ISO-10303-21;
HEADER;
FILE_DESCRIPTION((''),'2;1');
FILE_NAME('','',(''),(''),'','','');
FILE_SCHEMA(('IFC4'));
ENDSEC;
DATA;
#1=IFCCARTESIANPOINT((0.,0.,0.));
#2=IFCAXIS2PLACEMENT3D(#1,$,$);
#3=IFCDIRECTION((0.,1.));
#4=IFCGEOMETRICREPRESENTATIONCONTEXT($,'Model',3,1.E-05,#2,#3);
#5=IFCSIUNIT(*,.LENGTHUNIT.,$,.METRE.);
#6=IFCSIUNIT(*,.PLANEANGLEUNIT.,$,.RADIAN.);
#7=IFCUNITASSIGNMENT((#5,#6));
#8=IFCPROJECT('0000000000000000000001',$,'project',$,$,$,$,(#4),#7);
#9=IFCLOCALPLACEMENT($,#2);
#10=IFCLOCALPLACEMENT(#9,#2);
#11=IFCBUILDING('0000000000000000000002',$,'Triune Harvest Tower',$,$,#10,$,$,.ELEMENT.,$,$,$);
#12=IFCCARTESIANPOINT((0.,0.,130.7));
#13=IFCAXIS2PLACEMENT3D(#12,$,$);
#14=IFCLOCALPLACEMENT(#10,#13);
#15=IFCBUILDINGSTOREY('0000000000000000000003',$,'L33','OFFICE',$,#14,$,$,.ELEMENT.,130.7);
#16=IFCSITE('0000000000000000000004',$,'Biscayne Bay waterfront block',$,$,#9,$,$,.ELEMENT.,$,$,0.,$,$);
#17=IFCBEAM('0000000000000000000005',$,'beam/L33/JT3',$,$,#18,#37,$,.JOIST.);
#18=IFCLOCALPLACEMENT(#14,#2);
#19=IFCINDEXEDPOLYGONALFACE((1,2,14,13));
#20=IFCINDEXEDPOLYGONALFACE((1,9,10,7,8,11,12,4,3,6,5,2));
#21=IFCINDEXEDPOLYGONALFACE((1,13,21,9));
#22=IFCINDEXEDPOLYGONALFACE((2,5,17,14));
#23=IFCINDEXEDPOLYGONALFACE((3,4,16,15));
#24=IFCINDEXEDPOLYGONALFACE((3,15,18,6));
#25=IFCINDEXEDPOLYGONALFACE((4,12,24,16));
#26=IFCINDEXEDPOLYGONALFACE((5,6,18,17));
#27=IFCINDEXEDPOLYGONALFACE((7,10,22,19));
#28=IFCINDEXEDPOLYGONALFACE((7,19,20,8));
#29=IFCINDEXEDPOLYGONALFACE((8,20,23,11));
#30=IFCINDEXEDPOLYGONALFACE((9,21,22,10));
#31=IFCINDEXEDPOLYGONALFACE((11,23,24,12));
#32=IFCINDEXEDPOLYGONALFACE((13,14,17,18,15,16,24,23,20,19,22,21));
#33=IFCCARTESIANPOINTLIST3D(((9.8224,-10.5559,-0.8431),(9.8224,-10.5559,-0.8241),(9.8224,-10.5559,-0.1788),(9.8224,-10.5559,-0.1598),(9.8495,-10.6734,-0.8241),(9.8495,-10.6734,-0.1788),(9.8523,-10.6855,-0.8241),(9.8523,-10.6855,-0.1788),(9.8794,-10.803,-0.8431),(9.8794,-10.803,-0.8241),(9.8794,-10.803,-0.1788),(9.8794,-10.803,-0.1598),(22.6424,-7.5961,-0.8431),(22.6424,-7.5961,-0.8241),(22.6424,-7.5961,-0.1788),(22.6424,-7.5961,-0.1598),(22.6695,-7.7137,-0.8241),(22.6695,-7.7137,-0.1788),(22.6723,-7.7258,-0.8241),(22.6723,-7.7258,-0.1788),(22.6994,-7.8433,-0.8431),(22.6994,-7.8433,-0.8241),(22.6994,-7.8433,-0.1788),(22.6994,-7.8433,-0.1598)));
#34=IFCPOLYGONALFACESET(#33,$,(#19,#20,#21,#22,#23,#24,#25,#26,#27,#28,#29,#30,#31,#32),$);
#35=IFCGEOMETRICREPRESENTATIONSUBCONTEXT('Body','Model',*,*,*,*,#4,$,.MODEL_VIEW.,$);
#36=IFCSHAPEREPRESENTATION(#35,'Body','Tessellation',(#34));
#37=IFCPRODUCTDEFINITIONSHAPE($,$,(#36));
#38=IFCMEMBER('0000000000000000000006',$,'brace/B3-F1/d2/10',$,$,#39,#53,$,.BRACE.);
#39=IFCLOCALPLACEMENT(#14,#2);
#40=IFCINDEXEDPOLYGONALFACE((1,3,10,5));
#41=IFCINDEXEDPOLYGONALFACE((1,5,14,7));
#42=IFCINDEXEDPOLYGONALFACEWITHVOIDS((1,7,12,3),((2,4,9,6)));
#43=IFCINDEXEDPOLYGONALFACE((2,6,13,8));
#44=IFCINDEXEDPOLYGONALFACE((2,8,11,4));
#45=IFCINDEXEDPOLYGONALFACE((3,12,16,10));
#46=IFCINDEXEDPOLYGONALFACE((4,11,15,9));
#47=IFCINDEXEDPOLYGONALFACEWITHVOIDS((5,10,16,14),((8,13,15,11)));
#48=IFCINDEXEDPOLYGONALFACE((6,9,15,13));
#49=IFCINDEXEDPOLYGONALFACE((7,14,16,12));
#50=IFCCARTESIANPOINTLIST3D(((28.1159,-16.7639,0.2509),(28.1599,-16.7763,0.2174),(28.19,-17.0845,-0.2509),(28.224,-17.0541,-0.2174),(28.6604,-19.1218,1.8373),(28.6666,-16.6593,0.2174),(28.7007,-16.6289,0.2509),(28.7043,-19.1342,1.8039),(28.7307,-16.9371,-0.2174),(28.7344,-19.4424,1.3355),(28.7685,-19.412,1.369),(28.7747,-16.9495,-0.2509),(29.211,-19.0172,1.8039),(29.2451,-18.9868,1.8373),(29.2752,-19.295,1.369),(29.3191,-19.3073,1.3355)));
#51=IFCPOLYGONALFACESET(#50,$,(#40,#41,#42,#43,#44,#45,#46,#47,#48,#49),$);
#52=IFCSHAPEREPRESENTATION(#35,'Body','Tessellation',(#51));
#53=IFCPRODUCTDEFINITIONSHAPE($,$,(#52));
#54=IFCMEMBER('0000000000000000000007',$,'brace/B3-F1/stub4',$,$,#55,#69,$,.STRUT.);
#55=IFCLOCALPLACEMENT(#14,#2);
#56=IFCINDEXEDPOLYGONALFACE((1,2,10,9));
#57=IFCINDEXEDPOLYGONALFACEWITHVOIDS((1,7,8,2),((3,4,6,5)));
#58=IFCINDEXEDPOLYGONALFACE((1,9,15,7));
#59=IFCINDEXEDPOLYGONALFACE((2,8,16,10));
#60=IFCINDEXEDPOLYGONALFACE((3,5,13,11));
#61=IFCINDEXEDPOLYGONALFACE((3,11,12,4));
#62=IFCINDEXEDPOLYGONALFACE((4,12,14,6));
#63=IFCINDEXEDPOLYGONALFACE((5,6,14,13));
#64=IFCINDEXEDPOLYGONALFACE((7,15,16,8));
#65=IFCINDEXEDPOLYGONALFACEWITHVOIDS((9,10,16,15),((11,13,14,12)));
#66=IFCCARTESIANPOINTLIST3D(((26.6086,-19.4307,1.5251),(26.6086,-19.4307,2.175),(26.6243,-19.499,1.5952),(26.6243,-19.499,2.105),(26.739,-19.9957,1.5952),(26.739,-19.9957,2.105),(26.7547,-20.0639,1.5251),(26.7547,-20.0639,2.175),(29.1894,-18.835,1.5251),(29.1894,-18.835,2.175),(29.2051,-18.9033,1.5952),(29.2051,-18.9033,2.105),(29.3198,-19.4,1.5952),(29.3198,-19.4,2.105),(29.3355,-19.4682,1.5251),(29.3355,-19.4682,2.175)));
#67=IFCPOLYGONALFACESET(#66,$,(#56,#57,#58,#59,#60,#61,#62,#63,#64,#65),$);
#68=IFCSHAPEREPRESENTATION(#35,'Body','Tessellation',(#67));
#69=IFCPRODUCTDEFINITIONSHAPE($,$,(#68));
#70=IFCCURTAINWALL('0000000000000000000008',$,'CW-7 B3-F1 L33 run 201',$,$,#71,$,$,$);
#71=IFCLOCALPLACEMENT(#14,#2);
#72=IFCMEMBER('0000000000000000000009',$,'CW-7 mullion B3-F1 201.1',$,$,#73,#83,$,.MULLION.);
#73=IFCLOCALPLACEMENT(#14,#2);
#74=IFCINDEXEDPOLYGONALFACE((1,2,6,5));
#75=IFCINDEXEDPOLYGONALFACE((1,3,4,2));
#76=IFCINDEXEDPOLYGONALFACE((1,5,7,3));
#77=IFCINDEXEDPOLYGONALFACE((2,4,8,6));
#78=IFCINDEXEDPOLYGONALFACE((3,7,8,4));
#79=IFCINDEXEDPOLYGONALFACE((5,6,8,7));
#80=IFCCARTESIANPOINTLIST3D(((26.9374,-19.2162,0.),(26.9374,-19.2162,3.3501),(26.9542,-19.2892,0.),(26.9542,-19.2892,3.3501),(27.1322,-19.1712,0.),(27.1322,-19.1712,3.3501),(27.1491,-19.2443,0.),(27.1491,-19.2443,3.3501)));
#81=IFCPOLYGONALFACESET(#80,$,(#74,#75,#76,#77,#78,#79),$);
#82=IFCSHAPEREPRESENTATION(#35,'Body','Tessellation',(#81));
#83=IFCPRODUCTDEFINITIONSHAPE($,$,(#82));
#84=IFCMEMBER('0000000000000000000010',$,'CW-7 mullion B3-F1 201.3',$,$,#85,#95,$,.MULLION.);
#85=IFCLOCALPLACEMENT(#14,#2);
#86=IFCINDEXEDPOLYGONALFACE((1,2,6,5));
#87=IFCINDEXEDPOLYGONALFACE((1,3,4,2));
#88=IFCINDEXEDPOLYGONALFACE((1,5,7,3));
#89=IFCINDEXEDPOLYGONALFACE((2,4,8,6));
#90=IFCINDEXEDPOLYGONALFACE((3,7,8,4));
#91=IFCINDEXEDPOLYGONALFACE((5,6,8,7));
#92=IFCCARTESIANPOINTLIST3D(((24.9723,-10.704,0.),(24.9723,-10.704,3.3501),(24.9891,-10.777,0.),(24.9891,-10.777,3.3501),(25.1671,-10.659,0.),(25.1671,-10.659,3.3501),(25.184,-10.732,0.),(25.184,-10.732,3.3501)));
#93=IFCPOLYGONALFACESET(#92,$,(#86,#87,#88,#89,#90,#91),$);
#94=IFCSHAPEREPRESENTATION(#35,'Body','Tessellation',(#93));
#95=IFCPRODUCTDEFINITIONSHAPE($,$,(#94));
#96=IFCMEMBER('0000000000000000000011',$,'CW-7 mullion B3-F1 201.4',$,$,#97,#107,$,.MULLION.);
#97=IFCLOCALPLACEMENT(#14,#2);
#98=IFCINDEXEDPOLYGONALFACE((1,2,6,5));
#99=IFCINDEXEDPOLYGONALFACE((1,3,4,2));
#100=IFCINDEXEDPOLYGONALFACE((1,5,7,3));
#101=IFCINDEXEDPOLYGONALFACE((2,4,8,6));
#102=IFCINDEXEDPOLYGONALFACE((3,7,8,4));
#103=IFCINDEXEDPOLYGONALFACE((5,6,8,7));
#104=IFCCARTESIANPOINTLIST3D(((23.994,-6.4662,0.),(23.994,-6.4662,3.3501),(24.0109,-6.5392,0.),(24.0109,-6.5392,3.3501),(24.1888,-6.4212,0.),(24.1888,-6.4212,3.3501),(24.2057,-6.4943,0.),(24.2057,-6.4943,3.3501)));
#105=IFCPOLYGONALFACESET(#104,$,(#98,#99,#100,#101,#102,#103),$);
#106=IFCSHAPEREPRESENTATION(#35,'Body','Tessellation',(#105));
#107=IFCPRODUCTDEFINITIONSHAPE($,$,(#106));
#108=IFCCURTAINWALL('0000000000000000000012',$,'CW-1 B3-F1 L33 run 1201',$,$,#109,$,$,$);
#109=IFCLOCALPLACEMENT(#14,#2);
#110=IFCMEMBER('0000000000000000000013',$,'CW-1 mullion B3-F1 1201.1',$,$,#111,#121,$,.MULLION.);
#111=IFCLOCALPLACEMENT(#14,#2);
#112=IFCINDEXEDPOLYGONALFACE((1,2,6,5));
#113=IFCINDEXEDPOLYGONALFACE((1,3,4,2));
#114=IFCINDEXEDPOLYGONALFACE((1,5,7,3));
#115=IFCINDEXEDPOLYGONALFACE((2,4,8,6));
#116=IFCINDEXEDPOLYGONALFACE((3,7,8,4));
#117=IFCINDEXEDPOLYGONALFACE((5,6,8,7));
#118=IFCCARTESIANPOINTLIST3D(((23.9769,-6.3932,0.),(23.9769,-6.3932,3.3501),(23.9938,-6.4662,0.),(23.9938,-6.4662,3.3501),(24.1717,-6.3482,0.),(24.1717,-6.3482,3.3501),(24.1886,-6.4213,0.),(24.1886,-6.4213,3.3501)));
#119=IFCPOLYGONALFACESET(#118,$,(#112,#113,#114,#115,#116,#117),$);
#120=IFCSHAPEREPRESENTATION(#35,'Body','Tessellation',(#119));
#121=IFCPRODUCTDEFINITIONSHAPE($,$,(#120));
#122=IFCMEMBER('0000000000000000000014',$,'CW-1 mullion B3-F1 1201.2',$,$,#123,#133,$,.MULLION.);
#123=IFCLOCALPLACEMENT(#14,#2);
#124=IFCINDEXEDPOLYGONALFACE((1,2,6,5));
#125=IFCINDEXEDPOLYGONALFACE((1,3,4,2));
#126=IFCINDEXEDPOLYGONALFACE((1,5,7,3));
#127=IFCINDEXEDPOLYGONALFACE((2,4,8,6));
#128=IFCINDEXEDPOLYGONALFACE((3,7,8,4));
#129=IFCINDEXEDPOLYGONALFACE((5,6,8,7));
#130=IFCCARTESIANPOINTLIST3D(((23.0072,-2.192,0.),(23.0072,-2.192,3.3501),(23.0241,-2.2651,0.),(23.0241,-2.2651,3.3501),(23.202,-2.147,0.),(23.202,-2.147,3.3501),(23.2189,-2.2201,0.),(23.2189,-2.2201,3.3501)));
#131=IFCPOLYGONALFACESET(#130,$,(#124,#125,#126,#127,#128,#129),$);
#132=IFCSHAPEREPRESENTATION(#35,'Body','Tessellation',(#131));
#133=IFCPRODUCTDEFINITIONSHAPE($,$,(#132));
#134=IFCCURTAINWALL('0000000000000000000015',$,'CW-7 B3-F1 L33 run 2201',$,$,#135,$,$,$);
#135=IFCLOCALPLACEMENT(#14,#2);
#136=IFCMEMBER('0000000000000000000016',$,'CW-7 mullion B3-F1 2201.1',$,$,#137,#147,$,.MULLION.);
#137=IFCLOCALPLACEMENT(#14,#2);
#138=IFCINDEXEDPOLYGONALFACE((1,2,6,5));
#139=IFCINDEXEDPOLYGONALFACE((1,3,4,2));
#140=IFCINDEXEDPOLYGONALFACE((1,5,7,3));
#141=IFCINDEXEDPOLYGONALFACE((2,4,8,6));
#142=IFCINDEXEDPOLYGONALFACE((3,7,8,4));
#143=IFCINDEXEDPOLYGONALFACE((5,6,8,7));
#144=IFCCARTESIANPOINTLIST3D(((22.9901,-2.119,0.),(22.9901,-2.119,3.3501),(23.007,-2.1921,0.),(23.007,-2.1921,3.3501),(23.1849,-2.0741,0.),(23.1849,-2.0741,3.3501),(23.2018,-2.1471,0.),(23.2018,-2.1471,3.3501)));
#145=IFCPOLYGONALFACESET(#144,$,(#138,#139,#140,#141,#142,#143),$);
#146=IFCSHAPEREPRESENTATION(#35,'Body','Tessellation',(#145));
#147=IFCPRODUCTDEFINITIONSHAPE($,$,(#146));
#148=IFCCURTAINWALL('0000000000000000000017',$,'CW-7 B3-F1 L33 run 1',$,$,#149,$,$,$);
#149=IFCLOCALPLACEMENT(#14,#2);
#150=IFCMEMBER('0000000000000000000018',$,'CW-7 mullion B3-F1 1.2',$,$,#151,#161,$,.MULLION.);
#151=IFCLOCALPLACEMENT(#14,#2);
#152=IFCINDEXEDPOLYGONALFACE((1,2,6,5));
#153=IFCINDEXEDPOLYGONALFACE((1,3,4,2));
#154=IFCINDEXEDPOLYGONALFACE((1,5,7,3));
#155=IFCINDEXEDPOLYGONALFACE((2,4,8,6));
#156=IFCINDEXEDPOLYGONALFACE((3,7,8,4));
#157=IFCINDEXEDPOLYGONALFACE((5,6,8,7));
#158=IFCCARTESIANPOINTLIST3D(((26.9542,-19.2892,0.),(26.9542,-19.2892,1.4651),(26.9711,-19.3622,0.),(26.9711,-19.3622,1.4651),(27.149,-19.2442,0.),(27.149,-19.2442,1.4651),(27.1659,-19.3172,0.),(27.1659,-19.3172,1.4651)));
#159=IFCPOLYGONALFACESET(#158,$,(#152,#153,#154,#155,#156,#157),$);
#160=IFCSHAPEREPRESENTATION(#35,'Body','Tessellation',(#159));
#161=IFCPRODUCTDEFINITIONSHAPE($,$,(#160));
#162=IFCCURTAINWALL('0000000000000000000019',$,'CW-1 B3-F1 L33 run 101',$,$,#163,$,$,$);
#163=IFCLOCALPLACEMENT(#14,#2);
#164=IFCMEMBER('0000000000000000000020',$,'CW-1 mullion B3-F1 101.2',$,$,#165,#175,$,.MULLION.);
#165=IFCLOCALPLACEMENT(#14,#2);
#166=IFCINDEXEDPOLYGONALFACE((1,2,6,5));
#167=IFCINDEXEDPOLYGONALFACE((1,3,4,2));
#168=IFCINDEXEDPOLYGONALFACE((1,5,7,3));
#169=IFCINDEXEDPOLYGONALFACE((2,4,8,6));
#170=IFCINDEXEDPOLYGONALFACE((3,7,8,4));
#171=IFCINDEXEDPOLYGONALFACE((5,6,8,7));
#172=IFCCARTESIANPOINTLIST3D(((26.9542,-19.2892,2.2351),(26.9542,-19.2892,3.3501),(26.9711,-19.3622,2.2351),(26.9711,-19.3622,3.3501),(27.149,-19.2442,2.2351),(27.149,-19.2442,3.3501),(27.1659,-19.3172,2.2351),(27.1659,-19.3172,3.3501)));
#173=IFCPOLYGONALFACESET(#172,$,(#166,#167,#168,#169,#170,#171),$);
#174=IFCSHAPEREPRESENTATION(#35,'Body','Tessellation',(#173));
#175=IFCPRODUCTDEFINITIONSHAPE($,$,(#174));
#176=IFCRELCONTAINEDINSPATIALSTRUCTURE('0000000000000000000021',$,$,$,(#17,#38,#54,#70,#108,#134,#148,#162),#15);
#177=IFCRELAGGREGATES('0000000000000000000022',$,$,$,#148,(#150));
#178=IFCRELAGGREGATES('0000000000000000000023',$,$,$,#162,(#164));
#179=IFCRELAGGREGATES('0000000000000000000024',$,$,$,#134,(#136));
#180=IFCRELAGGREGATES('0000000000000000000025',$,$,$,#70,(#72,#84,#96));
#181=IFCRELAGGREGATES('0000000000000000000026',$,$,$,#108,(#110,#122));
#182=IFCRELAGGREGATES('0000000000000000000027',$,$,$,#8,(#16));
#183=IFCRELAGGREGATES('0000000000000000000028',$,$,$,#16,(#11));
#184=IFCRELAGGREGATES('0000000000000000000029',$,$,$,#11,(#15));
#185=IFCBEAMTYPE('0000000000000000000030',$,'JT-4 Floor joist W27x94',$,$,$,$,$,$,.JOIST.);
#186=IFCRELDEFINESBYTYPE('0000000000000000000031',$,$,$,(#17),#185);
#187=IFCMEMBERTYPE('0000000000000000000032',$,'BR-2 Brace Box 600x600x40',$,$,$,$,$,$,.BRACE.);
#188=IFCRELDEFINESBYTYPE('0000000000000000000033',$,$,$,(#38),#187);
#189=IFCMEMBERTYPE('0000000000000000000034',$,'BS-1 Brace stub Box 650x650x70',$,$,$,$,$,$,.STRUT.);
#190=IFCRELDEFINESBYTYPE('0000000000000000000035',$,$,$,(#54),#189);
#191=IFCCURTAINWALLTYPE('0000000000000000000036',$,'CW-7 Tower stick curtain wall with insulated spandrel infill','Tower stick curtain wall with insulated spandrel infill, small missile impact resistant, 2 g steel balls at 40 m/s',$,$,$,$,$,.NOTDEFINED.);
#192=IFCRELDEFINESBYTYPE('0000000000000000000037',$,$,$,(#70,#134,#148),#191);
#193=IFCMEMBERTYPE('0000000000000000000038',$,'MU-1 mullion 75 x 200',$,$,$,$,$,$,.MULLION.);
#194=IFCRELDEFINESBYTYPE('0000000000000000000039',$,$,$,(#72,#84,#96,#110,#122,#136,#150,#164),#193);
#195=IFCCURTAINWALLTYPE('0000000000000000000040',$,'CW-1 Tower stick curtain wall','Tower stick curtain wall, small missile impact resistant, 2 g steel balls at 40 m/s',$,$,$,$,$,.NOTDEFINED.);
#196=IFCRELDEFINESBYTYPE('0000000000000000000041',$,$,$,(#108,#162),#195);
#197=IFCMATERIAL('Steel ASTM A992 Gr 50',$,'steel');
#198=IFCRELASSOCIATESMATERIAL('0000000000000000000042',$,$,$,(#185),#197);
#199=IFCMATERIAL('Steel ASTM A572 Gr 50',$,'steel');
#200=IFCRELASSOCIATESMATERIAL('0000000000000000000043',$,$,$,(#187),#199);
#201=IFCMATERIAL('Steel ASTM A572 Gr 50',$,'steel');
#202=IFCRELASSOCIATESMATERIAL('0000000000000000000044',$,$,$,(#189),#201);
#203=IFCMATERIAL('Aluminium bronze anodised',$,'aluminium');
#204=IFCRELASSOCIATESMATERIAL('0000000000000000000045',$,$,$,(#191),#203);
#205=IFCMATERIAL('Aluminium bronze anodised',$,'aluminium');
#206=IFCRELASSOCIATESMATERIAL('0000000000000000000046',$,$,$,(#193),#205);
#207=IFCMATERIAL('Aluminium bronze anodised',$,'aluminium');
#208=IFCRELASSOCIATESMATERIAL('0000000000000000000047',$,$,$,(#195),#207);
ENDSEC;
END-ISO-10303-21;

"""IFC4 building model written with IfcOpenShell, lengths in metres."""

from ifc_helpers import new_model, si_unit, direction, frame, origin, origin_2d, place, context, subcontext, project, spatial, rectangle, hollow_rectangle, i_section, extrude, source, transform, mapped, material, material_profile, profile_set, type_object, element, aggregate, save


model = new_model("IFC4")

# Units and contexts
model_context = context("Model", 3, precision=1e-05, world=origin(), true_north=direction((0.0, 1.0)))
body_context = subcontext(model_context, "Body", "Model", "MODEL_VIEW")
ifc_project = project(units=[si_unit("LENGTHUNIT", "METRE"), si_unit("PLANEANGLEUNIT", "RADIAN")], contexts=[model_context])

# Site, building, storey
site_placement = place(None, origin())
site = spatial("IfcSite", under=ifc_project, at=site_placement, Name="Biscayne Bay waterfront block", CompositionType="ELEMENT", RefElevation=0.0)
building_placement = place(site_placement, origin())
building = spatial("IfcBuilding", under=site, at=building_placement, Name="Triune Harvest Tower", CompositionType="ELEMENT")
storey_placement = place(building_placement, frame((0.0, 0.0, 130.7)))
storey = spatial("IfcBuildingStorey", under=building, at=storey_placement, Name="L33", Description="OFFICE", CompositionType="ELEMENT", Elevation=130.7)

# Beam
ifc_material_1 = material(Name="Steel ASTM A992 Gr 50", Category="steel")
ifc_material_profile_1 = material_profile(ifc_material_1, i_section(OverallWidth=0.2537, OverallDepth=0.6833, WebThickness=0.0125, FlangeThickness=0.019, at=origin_2d()), Name="W27x94")
ifc_profile_set_1 = profile_set([ifc_material_profile_1], Name="Steel ASTM A992 Gr 50")
beam_type_1 = type_object("IfcBeamType", Name="JT-4 Floor joist W27x94", PredefinedType="JOIST", material=ifc_profile_set_1)
shared_shape_1 = source(origin(), body_context, "Body", "SweptSolid", [
    extrude(i_section(OverallWidth=0.2537, OverallDepth=0.6833, WebThickness=0.0125, FlangeThickness=0.019, at=origin_2d()), origin(), (0.0, 0.0, 1.0), 13.1572),
])
beam_1_placement = place(storey_placement, frame((22.6709, -7.7197, -0.5015), z_axis=(-0.974371, -0.224949, 0.0), x_axis=(0.224949, -0.974371, 0.0)))
element("IfcBeam", 1, at=beam_1_placement, inside=storey, type_object=beam_type_1, Name="beam/L33/JT3", PredefinedType="JOIST", context=body_context, shape_type="MappedRepresentation", body=[
    mapped(shared_shape_1, transform((0.0, 0.0, 0.0), scale=1.0)),
])

# Members
ifc_material_2 = material(Name="Steel ASTM A572 Gr 50", Category="steel")
ifc_material_profile_2 = material_profile(ifc_material_2, hollow_rectangle(XDim=0.6001, YDim=0.6001, WallThickness=0.04, at=origin_2d()), Name="Box 600x600x40")
ifc_profile_set_2 = profile_set([ifc_material_profile_2], Name="Steel ASTM A572 Gr 50")
member_type_1 = type_object("IfcMemberType", Name="BR-2 Brace Box 600x600x40", PredefinedType="BRACE", material=ifc_profile_set_2)
shared_shape_2 = source(origin(), body_context, "Body", "SweptSolid", [
    extrude(hollow_rectangle(XDim=0.6001, YDim=0.6001, WallThickness=0.04, at=origin_2d()), origin(), (0.0, 0.0, 1.0), 2.8936),
])
member_1_placement = place(storey_placement, frame((28.4453, -16.8567, 0.0), z_axis=(0.188151, -0.814872, 0.548254), x_axis=(0.974364, 0.224977, 0.0)))
element("IfcMember", 2, at=member_1_placement, inside=storey, type_object=member_type_1, Name="brace/B3-F1/d2/10", PredefinedType="BRACE", context=body_context, shape_type="MappedRepresentation", body=[
    mapped(shared_shape_2, transform((0.0, 0.0, 0.0), scale=1.0)),
])
ifc_material_3 = material(Name="Steel ASTM A572 Gr 50", Category="steel")
ifc_material_profile_3 = material_profile(ifc_material_3, hollow_rectangle(XDim=0.6499, YDim=0.6499, WallThickness=0.0701, at=origin_2d()), Name="Box 650x650x70")
ifc_profile_set_3 = profile_set([ifc_material_profile_3], Name="Steel ASTM A572 Gr 50")
member_type_2 = type_object("IfcMemberType", Name="BS-1 Brace stub Box 650x650x70", PredefinedType="STRUT", material=ifc_profile_set_3)
shared_shape_3 = source(origin(), body_context, "Body", "SweptSolid", [
    extrude(hollow_rectangle(XDim=0.6499, YDim=0.6499, WallThickness=0.0701, at=origin_2d()), origin(), (0.0, 0.0, 1.0), 2.6487),
])
member_2_placement = place(storey_placement, frame((26.6816, -19.7473, 1.8501), z_axis=(0.97438, 0.224907, 0.0), x_axis=(-0.224907, 0.97438, 0.0)))
element("IfcMember", 3, at=member_2_placement, inside=storey, type_object=member_type_2, Name="brace/B3-F1/stub4", PredefinedType="STRUT", context=body_context, shape_type="MappedRepresentation", body=[
    mapped(shared_shape_3, transform((0.0, 0.0, 0.0), scale=1.0)),
])

# Curtain walls, members
ifc_material_4 = material(Name="Aluminium bronze anodised", Category="aluminium")
curtain_wall_type_1 = type_object("IfcCurtainWallType", Name="CW-7 Tower stick curtain wall with insulated spandrel infill", Description="Tower stick curtain wall with insulated spandrel infill, small missile impact resistant, 2 g steel balls at 40 m/s", PredefinedType="NOTDEFINED", material=ifc_material_4)
curtain_wall_1_placement = place(storey_placement, origin())
curtain_wall_1 = element("IfcCurtainWall", 4, at=curtain_wall_1_placement, inside=storey, type_object=curtain_wall_type_1, Name="CW-7 B3-F1 L33 run 201")
ifc_material_5 = material(Name="Aluminium bronze anodised", Category="aluminium")
ifc_material_profile_4 = material_profile(ifc_material_5, rectangle(XDim=0.2, YDim=0.075, at=origin_2d()), Name="MU-1 mullion 75 x 200")
ifc_profile_set_4 = profile_set([ifc_material_profile_4], Name="Aluminium bronze anodised")
member_type_3 = type_object("IfcMemberType", Name="MU-1 mullion 75 x 200", PredefinedType="MULLION", material=ifc_profile_set_4)
shared_shape_4 = source(origin(), body_context, "Body", "SweptSolid", [
    extrude(rectangle(XDim=0.2, YDim=0.075, at=origin_2d()), origin(), (0.0, 0.0, 1.0), 3.3501),
])
member_3_placement = place(storey_placement, frame((27.0432, -19.2302, 0.0), z_axis=(0.0, 0.0, 1.0), x_axis=(-0.97437, -0.224949, 0.0)))
member_3 = element("IfcMember", 5, at=member_3_placement, type_object=member_type_3, Name="CW-7 mullion B3-F1 201.1", PredefinedType="MULLION", context=body_context, shape_type="MappedRepresentation", body=[
    mapped(shared_shape_4, transform((0.0, 0.0, 0.0), scale=1.0)),
])
member_4_placement = place(storey_placement, frame((25.0781, -10.718, 0.0), z_axis=(0.0, 0.0, 1.0), x_axis=(-0.97437, -0.224949, 0.0)))
member_4 = element("IfcMember", 6, at=member_4_placement, type_object=member_type_3, Name="CW-7 mullion B3-F1 201.3", PredefinedType="MULLION", context=body_context, shape_type="MappedRepresentation", body=[
    mapped(shared_shape_4, transform((0.0, 0.0, 0.0), scale=1.0)),
])
member_5_placement = place(storey_placement, frame((24.0999, -6.4802, 0.0), z_axis=(0.0, 0.0, 1.0), x_axis=(-0.97437, -0.224949, 0.0)))
member_5 = element("IfcMember", 7, at=member_5_placement, type_object=member_type_3, Name="CW-7 mullion B3-F1 201.4", PredefinedType="MULLION", context=body_context, shape_type="MappedRepresentation", body=[
    mapped(shared_shape_4, transform((0.0, 0.0, 0.0), scale=1.0)),
])
ifc_material_6 = material(Name="Aluminium bronze anodised", Category="aluminium")
curtain_wall_type_2 = type_object("IfcCurtainWallType", Name="CW-1 Tower stick curtain wall", Description="Tower stick curtain wall, small missile impact resistant, 2 g steel balls at 40 m/s", PredefinedType="NOTDEFINED", material=ifc_material_6)
curtain_wall_2_placement = place(storey_placement, origin())
curtain_wall_2 = element("IfcCurtainWall", 8, at=curtain_wall_2_placement, inside=storey, type_object=curtain_wall_type_2, Name="CW-1 B3-F1 L33 run 1201")
member_6_placement = place(storey_placement, frame((24.0828, -6.4072, 0.0), z_axis=(0.0, 0.0, 1.0), x_axis=(-0.97437, -0.224951, 0.0)))
member_6 = element("IfcMember", 9, at=member_6_placement, type_object=member_type_3, Name="CW-1 mullion B3-F1 1201.1", PredefinedType="MULLION", context=body_context, shape_type="MappedRepresentation", body=[
    mapped(shared_shape_4, transform((0.0, 0.0, 0.0), scale=1.0)),
])
member_7_placement = place(storey_placement, frame((23.113, -2.2061, 0.0), z_axis=(0.0, 0.0, 1.0), x_axis=(-0.97437, -0.224951, 0.0)))
member_7 = element("IfcMember", 10, at=member_7_placement, type_object=member_type_3, Name="CW-1 mullion B3-F1 1201.2", PredefinedType="MULLION", context=body_context, shape_type="MappedRepresentation", body=[
    mapped(shared_shape_4, transform((0.0, 0.0, 0.0), scale=1.0)),
])

# Curtain walls, members
curtain_wall_3_placement = place(storey_placement, origin())
curtain_wall_3 = element("IfcCurtainWall", 11, at=curtain_wall_3_placement, inside=storey, type_object=curtain_wall_type_1, Name="CW-7 B3-F1 L33 run 2201")
member_8_placement = place(storey_placement, frame((23.0959, -2.1331, 0.0), z_axis=(0.0, 0.0, 1.0), x_axis=(-0.97437, -0.224951, 0.0)))
member_8 = element("IfcMember", 12, at=member_8_placement, type_object=member_type_3, Name="CW-7 mullion B3-F1 2201.1", PredefinedType="MULLION", context=body_context, shape_type="MappedRepresentation", body=[
    mapped(shared_shape_4, transform((0.0, 0.0, 0.0), scale=1.0)),
])
curtain_wall_4_placement = place(storey_placement, origin())
curtain_wall_4 = element("IfcCurtainWall", 13, at=curtain_wall_4_placement, inside=storey, type_object=curtain_wall_type_1, Name="CW-7 B3-F1 L33 run 1")
shared_shape_5 = source(origin(), body_context, "Body", "SweptSolid", [
    extrude(rectangle(XDim=0.2, YDim=0.075, at=origin_2d()), origin(), (0.0, 0.0, 1.0), 1.4651),
])
member_9_placement = place(storey_placement, frame((27.0601, -19.3032, 0.0), z_axis=(0.0, 0.0, 1.0), x_axis=(-0.974371, -0.224947, 0.0)))
member_9 = element("IfcMember", 14, at=member_9_placement, type_object=member_type_3, Name="CW-7 mullion B3-F1 1.2", PredefinedType="MULLION", context=body_context, shape_type="MappedRepresentation", body=[
    mapped(shared_shape_5, transform((0.0, 0.0, 0.0), scale=1.0)),
])
aggregate(curtain_wall_4, [member_9])
curtain_wall_5_placement = place(storey_placement, origin())
curtain_wall_5 = element("IfcCurtainWall", 15, at=curtain_wall_5_placement, inside=storey, type_object=curtain_wall_type_2, Name="CW-1 B3-F1 L33 run 101")
shared_shape_6 = source(origin(), body_context, "Body", "SweptSolid", [
    extrude(rectangle(XDim=0.2, YDim=0.075, at=origin_2d()), origin(), (0.0, 0.0, 1.0), 1.115),
])
member_10_placement = place(storey_placement, frame((27.0601, -19.3032, 2.2351), z_axis=(0.0, 0.0, 1.0), x_axis=(-0.974371, -0.224947, 0.0)))
member_10 = element("IfcMember", 16, at=member_10_placement, type_object=member_type_3, Name="CW-1 mullion B3-F1 101.2", PredefinedType="MULLION", context=body_context, shape_type="MappedRepresentation", body=[
    mapped(shared_shape_6, transform((0.0, 0.0, 0.0), scale=1.0)),
])
aggregate(curtain_wall_5, [member_10])

aggregate(curtain_wall_3, [member_8])

aggregate(curtain_wall_1, [member_3, member_4, member_5])
aggregate(curtain_wall_2, [member_6, member_7])

save(model, "model.ifc")
